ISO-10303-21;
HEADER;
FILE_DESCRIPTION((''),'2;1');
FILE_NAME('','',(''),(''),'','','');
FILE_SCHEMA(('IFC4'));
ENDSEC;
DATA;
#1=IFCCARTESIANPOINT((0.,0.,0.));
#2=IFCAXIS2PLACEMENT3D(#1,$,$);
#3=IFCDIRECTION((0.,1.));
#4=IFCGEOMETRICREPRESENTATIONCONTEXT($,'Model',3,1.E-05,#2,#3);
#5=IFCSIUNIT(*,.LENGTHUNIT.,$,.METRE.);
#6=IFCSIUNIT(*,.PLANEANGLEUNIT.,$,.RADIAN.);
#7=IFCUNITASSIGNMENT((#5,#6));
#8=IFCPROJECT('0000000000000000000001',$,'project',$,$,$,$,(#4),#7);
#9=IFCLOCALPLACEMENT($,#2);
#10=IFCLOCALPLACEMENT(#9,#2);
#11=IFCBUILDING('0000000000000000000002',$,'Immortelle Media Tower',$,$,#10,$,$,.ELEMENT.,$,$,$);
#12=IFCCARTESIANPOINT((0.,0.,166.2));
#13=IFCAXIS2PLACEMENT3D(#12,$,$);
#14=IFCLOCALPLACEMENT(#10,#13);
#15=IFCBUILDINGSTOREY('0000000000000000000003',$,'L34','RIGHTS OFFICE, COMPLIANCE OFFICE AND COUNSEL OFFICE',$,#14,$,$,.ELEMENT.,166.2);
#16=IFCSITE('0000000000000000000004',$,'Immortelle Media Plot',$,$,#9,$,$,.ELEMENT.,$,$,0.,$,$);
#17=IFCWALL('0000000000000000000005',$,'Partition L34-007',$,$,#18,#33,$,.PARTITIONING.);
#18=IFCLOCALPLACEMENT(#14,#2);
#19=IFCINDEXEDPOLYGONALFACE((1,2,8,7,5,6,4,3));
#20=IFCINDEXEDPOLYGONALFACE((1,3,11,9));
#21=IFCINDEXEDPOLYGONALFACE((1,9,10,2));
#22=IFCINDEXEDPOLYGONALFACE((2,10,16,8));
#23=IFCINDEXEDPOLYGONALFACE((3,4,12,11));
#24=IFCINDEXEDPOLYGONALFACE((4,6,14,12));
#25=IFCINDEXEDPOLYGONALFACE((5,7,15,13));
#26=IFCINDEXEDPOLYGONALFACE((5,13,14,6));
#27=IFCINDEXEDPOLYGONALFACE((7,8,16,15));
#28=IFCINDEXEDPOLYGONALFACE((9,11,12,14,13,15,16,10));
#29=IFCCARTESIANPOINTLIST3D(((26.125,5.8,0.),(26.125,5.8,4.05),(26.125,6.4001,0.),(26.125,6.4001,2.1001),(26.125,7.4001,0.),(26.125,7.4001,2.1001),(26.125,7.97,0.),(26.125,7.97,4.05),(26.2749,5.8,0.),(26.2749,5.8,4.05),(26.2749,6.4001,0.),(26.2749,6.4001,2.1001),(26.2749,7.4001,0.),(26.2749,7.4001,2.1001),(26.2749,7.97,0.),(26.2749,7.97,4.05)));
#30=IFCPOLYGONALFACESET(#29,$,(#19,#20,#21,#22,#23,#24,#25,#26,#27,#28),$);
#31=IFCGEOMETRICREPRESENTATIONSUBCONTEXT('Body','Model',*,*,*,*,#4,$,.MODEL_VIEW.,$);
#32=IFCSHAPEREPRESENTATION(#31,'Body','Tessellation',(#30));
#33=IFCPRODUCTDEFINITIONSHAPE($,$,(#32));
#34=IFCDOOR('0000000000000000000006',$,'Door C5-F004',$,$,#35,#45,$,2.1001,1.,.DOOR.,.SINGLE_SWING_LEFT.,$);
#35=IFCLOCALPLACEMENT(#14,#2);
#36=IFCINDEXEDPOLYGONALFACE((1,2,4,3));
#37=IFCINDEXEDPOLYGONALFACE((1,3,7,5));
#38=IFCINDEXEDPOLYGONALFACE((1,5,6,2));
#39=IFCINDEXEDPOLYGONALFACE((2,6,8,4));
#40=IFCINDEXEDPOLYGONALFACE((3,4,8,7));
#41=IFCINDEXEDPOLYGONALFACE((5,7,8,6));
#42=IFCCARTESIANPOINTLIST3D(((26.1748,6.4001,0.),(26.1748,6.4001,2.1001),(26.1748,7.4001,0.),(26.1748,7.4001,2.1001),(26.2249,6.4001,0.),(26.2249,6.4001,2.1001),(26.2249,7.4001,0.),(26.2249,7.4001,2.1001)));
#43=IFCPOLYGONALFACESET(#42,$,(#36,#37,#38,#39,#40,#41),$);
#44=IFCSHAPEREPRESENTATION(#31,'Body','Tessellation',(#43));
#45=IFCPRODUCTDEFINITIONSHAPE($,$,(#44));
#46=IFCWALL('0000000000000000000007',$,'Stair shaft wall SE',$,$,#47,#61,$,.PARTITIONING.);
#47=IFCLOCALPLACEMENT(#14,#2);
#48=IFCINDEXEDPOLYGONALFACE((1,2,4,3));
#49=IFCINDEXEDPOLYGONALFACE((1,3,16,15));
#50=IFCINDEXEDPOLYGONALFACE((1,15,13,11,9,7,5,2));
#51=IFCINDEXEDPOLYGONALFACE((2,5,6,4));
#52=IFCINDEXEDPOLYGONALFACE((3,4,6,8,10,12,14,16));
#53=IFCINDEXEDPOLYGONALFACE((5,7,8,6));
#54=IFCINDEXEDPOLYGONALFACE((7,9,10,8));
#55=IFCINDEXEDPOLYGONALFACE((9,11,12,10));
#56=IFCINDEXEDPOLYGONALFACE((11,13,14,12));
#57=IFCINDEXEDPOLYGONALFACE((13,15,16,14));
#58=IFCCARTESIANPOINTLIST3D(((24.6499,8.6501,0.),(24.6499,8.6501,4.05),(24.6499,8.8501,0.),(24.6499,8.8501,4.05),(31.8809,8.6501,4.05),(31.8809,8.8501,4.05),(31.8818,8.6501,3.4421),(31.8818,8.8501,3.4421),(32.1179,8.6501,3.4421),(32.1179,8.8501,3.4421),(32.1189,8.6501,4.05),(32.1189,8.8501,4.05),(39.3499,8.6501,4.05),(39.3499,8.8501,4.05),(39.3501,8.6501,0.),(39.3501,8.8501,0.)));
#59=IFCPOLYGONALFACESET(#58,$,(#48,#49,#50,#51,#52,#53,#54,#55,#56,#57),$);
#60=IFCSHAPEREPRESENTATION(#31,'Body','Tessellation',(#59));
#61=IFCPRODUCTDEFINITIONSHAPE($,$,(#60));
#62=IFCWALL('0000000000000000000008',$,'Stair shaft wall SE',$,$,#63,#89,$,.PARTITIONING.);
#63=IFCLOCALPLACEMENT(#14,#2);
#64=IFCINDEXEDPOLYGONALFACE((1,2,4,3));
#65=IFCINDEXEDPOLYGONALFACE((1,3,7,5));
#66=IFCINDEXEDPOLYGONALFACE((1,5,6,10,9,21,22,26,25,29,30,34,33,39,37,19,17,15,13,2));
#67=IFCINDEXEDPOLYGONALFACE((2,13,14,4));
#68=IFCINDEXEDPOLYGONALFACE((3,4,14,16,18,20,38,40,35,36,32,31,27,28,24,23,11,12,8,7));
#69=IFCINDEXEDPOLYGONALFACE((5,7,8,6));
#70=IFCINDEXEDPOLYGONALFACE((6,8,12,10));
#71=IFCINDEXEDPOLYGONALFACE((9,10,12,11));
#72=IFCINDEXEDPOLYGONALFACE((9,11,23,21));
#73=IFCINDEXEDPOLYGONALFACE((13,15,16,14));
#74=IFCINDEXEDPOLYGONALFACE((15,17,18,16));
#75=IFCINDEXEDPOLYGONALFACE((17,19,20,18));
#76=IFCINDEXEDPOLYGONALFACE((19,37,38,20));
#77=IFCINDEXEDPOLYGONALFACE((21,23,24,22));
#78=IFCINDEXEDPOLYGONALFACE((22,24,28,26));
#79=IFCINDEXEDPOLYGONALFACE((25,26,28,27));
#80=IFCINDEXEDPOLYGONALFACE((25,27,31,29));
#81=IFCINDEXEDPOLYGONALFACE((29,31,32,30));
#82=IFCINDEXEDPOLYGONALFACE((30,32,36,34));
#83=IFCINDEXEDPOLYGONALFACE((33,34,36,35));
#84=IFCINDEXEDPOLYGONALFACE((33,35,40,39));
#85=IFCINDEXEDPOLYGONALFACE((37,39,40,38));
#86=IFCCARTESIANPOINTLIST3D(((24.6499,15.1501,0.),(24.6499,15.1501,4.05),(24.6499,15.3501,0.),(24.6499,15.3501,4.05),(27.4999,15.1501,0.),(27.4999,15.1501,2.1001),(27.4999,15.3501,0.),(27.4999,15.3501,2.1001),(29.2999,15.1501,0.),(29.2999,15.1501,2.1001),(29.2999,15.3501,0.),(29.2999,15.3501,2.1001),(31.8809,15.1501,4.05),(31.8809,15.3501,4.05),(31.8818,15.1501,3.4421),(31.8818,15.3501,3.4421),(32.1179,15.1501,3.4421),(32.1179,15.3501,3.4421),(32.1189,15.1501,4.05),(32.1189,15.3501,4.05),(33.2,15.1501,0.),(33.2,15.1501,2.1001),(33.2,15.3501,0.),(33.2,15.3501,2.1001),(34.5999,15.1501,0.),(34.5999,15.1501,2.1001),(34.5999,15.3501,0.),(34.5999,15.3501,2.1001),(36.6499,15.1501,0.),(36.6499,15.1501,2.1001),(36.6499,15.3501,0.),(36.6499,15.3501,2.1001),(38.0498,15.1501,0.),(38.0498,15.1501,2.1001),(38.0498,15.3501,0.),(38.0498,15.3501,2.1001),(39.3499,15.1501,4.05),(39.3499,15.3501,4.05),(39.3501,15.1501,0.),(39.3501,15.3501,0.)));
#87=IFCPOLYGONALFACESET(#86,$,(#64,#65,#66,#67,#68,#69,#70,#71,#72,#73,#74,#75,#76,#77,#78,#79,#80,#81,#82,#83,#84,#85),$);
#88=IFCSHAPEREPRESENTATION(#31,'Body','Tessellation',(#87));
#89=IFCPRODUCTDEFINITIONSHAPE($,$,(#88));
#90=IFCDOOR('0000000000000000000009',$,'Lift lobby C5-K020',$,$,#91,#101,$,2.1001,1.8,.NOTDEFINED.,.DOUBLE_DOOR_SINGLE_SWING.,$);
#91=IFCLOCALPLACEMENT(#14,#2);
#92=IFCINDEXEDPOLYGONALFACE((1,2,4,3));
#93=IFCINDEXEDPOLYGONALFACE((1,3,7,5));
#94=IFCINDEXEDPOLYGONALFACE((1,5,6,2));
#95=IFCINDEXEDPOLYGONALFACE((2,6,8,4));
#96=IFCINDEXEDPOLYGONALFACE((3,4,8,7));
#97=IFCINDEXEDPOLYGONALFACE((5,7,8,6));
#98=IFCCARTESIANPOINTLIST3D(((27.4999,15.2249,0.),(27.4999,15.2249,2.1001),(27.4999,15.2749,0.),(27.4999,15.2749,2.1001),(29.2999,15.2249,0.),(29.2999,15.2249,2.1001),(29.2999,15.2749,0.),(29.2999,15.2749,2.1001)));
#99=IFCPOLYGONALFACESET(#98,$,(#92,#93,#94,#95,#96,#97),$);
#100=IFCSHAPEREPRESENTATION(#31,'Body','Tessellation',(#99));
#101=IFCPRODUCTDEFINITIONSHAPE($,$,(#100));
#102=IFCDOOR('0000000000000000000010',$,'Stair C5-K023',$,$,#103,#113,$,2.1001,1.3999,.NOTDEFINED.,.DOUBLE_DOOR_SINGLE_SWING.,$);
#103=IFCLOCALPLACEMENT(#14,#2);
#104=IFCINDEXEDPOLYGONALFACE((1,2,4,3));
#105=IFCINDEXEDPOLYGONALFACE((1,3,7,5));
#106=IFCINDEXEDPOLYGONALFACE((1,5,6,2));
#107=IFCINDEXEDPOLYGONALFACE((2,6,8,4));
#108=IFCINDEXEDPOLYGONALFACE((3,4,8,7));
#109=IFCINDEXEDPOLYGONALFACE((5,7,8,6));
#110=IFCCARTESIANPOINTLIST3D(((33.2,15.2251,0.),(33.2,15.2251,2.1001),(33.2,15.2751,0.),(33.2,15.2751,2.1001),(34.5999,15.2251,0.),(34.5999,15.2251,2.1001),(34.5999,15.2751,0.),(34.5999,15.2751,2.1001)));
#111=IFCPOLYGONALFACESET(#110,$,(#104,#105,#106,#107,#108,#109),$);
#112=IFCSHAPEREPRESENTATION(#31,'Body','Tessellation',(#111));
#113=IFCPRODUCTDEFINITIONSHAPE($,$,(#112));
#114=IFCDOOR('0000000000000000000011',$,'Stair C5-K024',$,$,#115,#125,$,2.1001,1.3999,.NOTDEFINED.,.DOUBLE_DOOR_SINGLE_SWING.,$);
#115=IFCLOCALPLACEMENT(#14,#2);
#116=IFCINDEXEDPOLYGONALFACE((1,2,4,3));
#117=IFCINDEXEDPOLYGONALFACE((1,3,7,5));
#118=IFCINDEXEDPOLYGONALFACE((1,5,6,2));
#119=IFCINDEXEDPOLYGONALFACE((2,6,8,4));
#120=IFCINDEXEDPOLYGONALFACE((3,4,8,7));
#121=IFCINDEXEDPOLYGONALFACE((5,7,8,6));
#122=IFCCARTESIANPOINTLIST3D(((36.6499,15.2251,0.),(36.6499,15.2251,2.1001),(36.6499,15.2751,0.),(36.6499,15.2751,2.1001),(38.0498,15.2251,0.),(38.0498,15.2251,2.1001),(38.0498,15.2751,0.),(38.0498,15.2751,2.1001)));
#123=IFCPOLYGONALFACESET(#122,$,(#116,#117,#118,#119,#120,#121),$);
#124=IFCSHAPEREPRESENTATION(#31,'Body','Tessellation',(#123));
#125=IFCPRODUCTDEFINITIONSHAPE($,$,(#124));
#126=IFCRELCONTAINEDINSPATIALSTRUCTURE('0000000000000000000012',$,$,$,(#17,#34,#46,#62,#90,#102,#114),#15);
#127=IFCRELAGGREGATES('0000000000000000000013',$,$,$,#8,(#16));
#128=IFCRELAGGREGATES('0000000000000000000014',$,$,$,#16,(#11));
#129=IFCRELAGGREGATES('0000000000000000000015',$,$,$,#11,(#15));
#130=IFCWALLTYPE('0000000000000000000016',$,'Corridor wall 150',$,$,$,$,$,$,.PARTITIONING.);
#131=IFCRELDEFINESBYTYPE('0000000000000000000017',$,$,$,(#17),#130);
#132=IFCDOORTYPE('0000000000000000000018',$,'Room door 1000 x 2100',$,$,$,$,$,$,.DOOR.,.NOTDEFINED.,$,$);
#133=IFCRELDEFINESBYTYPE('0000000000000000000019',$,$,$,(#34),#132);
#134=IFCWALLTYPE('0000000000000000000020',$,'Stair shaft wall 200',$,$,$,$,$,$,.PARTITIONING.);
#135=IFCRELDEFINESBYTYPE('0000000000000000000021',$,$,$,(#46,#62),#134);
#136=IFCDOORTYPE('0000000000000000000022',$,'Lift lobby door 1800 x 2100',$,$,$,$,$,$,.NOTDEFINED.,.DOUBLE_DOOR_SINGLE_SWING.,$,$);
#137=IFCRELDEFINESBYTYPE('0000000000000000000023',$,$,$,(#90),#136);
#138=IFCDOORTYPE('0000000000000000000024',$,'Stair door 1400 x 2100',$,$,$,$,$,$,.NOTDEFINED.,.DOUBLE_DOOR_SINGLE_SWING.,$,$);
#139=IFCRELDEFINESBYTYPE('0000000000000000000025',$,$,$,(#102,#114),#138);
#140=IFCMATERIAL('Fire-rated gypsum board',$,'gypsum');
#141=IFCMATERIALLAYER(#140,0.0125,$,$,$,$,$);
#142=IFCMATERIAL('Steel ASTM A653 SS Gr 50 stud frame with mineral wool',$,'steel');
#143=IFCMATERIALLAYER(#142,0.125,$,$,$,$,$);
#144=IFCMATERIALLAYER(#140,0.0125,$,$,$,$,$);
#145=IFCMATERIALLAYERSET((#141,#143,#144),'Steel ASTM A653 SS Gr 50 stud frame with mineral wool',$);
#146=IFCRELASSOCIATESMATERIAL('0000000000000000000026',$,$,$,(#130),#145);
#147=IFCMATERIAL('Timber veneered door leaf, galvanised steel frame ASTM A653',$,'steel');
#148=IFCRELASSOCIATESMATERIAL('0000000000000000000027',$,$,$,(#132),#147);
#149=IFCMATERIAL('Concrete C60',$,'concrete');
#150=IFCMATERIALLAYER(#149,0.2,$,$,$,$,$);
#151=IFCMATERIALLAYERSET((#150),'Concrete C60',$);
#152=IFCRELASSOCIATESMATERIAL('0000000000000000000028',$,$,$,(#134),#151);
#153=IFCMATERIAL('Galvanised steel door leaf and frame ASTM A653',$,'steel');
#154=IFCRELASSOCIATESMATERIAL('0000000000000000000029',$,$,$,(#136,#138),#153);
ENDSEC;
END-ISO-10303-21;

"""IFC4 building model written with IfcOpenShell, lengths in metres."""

from ifc_helpers import new_model, si_unit, direction, frame, frame_2d, origin, place, context, subcontext, project, spatial, polyline, rectangle, outline, extrude, material, layer, layer_set, type_object, element, fill, save


model = new_model("IFC4")

# Units and contexts
model_context = context("Model", 3, precision=1e-05, world=origin(), true_north=direction((0.0, 1.0)))
body_context = subcontext(model_context, "Body", "Model", "MODEL_VIEW")
ifc_project = project(units=[si_unit("LENGTHUNIT", "METRE"), si_unit("PLANEANGLEUNIT", "RADIAN")], contexts=[model_context])

# Site, building, storey
site_placement = place(None, origin())
site = spatial("IfcSite", under=ifc_project, at=site_placement, Name="Immortelle Media Plot", CompositionType="ELEMENT", RefElevation=0.0)
building_placement = place(site_placement, origin())
building = spatial("IfcBuilding", under=site, at=building_placement, Name="Immortelle Media Tower", CompositionType="ELEMENT")
storey_placement = place(building_placement, frame((0.0, 0.0, 166.2)))
storey = spatial("IfcBuildingStorey", under=building, at=storey_placement, Name="L34", Description="RIGHTS OFFICE, COMPLIANCE OFFICE AND COUNSEL OFFICE", CompositionType="ELEMENT", Elevation=166.2)

# Shared definitions
ifc_material_1 = material(Name="Fire-rated gypsum board", Category="gypsum")
ifc_material_2 = material(Name="Steel ASTM A653 SS Gr 50 stud frame with mineral wool", Category="steel")
ifc_material_3 = material(Name="Galvanised steel door leaf and frame ASTM A653", Category="steel")

# Wall, opening, door
ifc_layer_1 = layer(ifc_material_1, 0.0125)
ifc_layer_2 = layer(ifc_material_2, 0.125)
ifc_layer_3 = layer(ifc_material_1, 0.0125)
ifc_layer_set_1 = layer_set([ifc_layer_1, ifc_layer_2, ifc_layer_3], Name="Steel ASTM A653 SS Gr 50 stud frame with mineral wool")
wall_type_1 = type_object("IfcWallType", Name="Corridor wall 150", PredefinedType="PARTITIONING", material=ifc_layer_set_1)
wall_1_placement = place(storey_placement, frame((26.2, 5.8, 0.0), z_axis=(0.0, 0.0, 1.0), x_axis=(0.0, 1.0, 0.0)))
wall_1 = element("IfcWall", 1, at=wall_1_placement, inside=storey, type_object=wall_type_1, Name="Partition L34-007", PredefinedType="PARTITIONING", context=body_context, shape_type="SweptSolid", body=[
    extrude(rectangle(XDim=2.1699, YDim=0.1499, at=frame_2d((1.085, 0.0))), origin(), (0.0, 0.0, 1.0), 4.05),
])
opening_1_placement = place(wall_1_placement, frame((1.6001, 0.0, 0.0), z_axis=(0.0, 0.0, 1.0), x_axis=(-1.0, 0.0, 0.0)))
opening_1 = element("IfcOpeningElement", 2, at=opening_1_placement, cuts=wall_1, PredefinedType="OPENING", context=body_context, shape_type="SweptSolid", body=[
    extrude(rectangle(XDim=1.0, YDim=2.1001, at=frame_2d((0.5, 1.05))), frame((0.0, 0.085, 0.0), z_axis=(0.0, -1.0, 0.0), x_axis=(1.0, 0.0, 0.0)), (0.0, 0.0, 1.0), 0.1699),
])
ifc_material_4 = material(Name="Timber veneered door leaf, galvanised steel frame ASTM A653", Category="steel")
door_type_1 = type_object("IfcDoorType", Name="Room door 1000 x 2100", OperationType="NOTDEFINED", PredefinedType="DOOR", material=ifc_material_4)
door_1_placement = place(opening_1_placement, origin())
door_1 = element("IfcDoor", 3, at=door_1_placement, inside=storey, type_object=door_type_1, Name="Door C5-F004", OperationType="SINGLE_SWING_LEFT", OverallHeight=2.1001, OverallWidth=1.0, PredefinedType="DOOR", context=body_context, shape_type="SweptSolid", body=[
    extrude(rectangle(XDim=1.0, YDim=2.1001, at=frame_2d((0.5, 1.05))), frame((0.0, 0.0249, 0.0), z_axis=(0.0, -1.0, 0.0), x_axis=(1.0, 0.0, 0.0)), (0.0, 0.0, 1.0), 0.05),
])
fill(opening_1, door_1)

# Wall
ifc_material_5 = material(Name="Concrete C60", Category="concrete")
ifc_layer_4 = layer(ifc_material_5, 0.2)
ifc_layer_set_2 = layer_set([ifc_layer_4], Name="Concrete C60")
wall_type_2 = type_object("IfcWallType", Name="Stair shaft wall 200", PredefinedType="PARTITIONING", material=ifc_layer_set_2)
wall_2_placement = place(storey_placement, frame((24.6499, 8.75, 0.0), z_axis=(0.0, 0.0, 1.0), x_axis=(1.0, 0.0, 0.0)))
element("IfcWall", 4, at=wall_2_placement, inside=storey, type_object=wall_type_2, Name="Stair shaft wall SE", PredefinedType="PARTITIONING", context=body_context, shape_type="SweptSolid", body=[
    extrude(outline(polyline([(0.0, 0.0), (14.7002, 0.0), (14.7, 4.05), (7.469, 4.05), (7.468, 3.4421), (7.2319, 3.4421), (7.231, 4.05), (0.0, 4.05), (0.0, 0.0)])), frame((0.0, 0.1001, 0.0), z_axis=(0.0, -1.0, 0.0), x_axis=(1.0, 0.0, 0.0)), (0.0, 0.0, 1.0), 0.2),
])

# Wall, openings, doors
wall_3_placement = place(storey_placement, frame((24.6499, 15.25, 0.0), z_axis=(0.0, 0.0, 1.0), x_axis=(1.0, 0.0, 0.0)))
wall_3 = element("IfcWall", 5, at=wall_3_placement, inside=storey, type_object=wall_type_2, Name="Stair shaft wall SE", PredefinedType="PARTITIONING", context=body_context, shape_type="SweptSolid", body=[
    extrude(outline(polyline([(0.0, 0.0), (14.7002, 0.0), (14.7, 4.05), (7.469, 4.05), (7.468, 3.4421), (7.2319, 3.4421), (7.231, 4.05), (0.0, 4.05), (0.0, 0.0)])), frame((0.0, 0.1001, 0.0), z_axis=(0.0, -1.0, 0.0), x_axis=(1.0, 0.0, 0.0)), (0.0, 0.0, 1.0), 0.2),
])
opening_2_placement = place(wall_3_placement, frame((2.8501, 0.0, 0.0)))
opening_2 = element("IfcOpeningElement", 6, at=opening_2_placement, cuts=wall_3, PredefinedType="OPENING", context=body_context, shape_type="SweptSolid", body=[
    extrude(rectangle(XDim=1.8, YDim=2.1001, at=frame_2d((0.8999, 1.05))), frame((0.0, 0.1099, 0.0), z_axis=(0.0, -1.0, 0.0), x_axis=(1.0, 0.0, 0.0)), (0.0, 0.0, 1.0), 0.22),
])
opening_3_placement = place(wall_3_placement, frame((9.95, 0.0, 0.0), z_axis=(0.0, 0.0, 1.0), x_axis=(-1.0, 0.0, 0.0)))
opening_3 = element("IfcOpeningElement", 7, at=opening_3_placement, cuts=wall_3, PredefinedType="OPENING", context=body_context, shape_type="SweptSolid", body=[
    extrude(rectangle(XDim=1.3999, YDim=2.1001, at=frame_2d((0.7, 1.05))), frame((0.0, 0.1099, 0.0), z_axis=(0.0, -1.0, 0.0), x_axis=(1.0, 0.0, 0.0)), (0.0, 0.0, 1.0), 0.22),
])
opening_4_placement = place(wall_3_placement, frame((13.3999, 0.0, 0.0), z_axis=(0.0, 0.0, 1.0), x_axis=(-1.0, 0.0, 0.0)))
opening_4 = element("IfcOpeningElement", 8, at=opening_4_placement, cuts=wall_3, PredefinedType="OPENING", context=body_context, shape_type="SweptSolid", body=[
    extrude(rectangle(XDim=1.3999, YDim=2.1001, at=frame_2d((0.7, 1.05))), frame((0.0, 0.1099, 0.0), z_axis=(0.0, -1.0, 0.0), x_axis=(1.0, 0.0, 0.0)), (0.0, 0.0, 1.0), 0.22),
])
door_type_2 = type_object("IfcDoorType", Name="Lift lobby door 1800 x 2100", OperationType="DOUBLE_DOOR_SINGLE_SWING", PredefinedType="NOTDEFINED", material=ifc_material_3)
door_2_placement = place(opening_2_placement, origin())
door_2 = element("IfcDoor", 9, at=door_2_placement, inside=storey, type_object=door_type_2, Name="Lift lobby C5-K020", OperationType="DOUBLE_DOOR_SINGLE_SWING", OverallHeight=2.1001, OverallWidth=1.8, PredefinedType="NOTDEFINED", context=body_context, shape_type="SweptSolid", body=[
    extrude(rectangle(XDim=1.8, YDim=2.1001, at=frame_2d((0.8999, 1.05))), frame((0.0, 0.0249, 0.0), z_axis=(0.0, -1.0, 0.0), x_axis=(1.0, 0.0, 0.0)), (0.0, 0.0, 1.0), 0.05),
])
fill(opening_2, door_2)
door_type_3 = type_object("IfcDoorType", Name="Stair door 1400 x 2100", OperationType="DOUBLE_DOOR_SINGLE_SWING", PredefinedType="NOTDEFINED", material=ifc_material_3)
door_3_placement = place(opening_3_placement, origin())
door_3 = element("IfcDoor", 10, at=door_3_placement, inside=storey, type_object=door_type_3, Name="Stair C5-K023", OperationType="DOUBLE_DOOR_SINGLE_SWING", OverallHeight=2.1001, OverallWidth=1.3999, PredefinedType="NOTDEFINED", context=body_context, shape_type="SweptSolid", body=[
    extrude(rectangle(XDim=1.3999, YDim=2.1001, at=frame_2d((0.7, 1.05))), frame((0.0, 0.0249, 0.0), z_axis=(0.0, -1.0, 0.0), x_axis=(1.0, 0.0, 0.0)), (0.0, 0.0, 1.0), 0.05),
])
fill(opening_3, door_3)
door_4_placement = place(opening_4_placement, origin())
door_4 = element("IfcDoor", 11, at=door_4_placement, inside=storey, type_object=door_type_3, Name="Stair C5-K024", OperationType="DOUBLE_DOOR_SINGLE_SWING", OverallHeight=2.1001, OverallWidth=1.3999, PredefinedType="NOTDEFINED", context=body_context, shape_type="SweptSolid", body=[
    extrude(rectangle(XDim=1.3999, YDim=2.1001, at=frame_2d((0.7, 1.05))), frame((0.0, 0.0249, 0.0), z_axis=(0.0, -1.0, 0.0), x_axis=(1.0, 0.0, 0.0)), (0.0, 0.0, 1.0), 0.05),
])
fill(opening_4, door_4)

save(model, "model.ifc")
